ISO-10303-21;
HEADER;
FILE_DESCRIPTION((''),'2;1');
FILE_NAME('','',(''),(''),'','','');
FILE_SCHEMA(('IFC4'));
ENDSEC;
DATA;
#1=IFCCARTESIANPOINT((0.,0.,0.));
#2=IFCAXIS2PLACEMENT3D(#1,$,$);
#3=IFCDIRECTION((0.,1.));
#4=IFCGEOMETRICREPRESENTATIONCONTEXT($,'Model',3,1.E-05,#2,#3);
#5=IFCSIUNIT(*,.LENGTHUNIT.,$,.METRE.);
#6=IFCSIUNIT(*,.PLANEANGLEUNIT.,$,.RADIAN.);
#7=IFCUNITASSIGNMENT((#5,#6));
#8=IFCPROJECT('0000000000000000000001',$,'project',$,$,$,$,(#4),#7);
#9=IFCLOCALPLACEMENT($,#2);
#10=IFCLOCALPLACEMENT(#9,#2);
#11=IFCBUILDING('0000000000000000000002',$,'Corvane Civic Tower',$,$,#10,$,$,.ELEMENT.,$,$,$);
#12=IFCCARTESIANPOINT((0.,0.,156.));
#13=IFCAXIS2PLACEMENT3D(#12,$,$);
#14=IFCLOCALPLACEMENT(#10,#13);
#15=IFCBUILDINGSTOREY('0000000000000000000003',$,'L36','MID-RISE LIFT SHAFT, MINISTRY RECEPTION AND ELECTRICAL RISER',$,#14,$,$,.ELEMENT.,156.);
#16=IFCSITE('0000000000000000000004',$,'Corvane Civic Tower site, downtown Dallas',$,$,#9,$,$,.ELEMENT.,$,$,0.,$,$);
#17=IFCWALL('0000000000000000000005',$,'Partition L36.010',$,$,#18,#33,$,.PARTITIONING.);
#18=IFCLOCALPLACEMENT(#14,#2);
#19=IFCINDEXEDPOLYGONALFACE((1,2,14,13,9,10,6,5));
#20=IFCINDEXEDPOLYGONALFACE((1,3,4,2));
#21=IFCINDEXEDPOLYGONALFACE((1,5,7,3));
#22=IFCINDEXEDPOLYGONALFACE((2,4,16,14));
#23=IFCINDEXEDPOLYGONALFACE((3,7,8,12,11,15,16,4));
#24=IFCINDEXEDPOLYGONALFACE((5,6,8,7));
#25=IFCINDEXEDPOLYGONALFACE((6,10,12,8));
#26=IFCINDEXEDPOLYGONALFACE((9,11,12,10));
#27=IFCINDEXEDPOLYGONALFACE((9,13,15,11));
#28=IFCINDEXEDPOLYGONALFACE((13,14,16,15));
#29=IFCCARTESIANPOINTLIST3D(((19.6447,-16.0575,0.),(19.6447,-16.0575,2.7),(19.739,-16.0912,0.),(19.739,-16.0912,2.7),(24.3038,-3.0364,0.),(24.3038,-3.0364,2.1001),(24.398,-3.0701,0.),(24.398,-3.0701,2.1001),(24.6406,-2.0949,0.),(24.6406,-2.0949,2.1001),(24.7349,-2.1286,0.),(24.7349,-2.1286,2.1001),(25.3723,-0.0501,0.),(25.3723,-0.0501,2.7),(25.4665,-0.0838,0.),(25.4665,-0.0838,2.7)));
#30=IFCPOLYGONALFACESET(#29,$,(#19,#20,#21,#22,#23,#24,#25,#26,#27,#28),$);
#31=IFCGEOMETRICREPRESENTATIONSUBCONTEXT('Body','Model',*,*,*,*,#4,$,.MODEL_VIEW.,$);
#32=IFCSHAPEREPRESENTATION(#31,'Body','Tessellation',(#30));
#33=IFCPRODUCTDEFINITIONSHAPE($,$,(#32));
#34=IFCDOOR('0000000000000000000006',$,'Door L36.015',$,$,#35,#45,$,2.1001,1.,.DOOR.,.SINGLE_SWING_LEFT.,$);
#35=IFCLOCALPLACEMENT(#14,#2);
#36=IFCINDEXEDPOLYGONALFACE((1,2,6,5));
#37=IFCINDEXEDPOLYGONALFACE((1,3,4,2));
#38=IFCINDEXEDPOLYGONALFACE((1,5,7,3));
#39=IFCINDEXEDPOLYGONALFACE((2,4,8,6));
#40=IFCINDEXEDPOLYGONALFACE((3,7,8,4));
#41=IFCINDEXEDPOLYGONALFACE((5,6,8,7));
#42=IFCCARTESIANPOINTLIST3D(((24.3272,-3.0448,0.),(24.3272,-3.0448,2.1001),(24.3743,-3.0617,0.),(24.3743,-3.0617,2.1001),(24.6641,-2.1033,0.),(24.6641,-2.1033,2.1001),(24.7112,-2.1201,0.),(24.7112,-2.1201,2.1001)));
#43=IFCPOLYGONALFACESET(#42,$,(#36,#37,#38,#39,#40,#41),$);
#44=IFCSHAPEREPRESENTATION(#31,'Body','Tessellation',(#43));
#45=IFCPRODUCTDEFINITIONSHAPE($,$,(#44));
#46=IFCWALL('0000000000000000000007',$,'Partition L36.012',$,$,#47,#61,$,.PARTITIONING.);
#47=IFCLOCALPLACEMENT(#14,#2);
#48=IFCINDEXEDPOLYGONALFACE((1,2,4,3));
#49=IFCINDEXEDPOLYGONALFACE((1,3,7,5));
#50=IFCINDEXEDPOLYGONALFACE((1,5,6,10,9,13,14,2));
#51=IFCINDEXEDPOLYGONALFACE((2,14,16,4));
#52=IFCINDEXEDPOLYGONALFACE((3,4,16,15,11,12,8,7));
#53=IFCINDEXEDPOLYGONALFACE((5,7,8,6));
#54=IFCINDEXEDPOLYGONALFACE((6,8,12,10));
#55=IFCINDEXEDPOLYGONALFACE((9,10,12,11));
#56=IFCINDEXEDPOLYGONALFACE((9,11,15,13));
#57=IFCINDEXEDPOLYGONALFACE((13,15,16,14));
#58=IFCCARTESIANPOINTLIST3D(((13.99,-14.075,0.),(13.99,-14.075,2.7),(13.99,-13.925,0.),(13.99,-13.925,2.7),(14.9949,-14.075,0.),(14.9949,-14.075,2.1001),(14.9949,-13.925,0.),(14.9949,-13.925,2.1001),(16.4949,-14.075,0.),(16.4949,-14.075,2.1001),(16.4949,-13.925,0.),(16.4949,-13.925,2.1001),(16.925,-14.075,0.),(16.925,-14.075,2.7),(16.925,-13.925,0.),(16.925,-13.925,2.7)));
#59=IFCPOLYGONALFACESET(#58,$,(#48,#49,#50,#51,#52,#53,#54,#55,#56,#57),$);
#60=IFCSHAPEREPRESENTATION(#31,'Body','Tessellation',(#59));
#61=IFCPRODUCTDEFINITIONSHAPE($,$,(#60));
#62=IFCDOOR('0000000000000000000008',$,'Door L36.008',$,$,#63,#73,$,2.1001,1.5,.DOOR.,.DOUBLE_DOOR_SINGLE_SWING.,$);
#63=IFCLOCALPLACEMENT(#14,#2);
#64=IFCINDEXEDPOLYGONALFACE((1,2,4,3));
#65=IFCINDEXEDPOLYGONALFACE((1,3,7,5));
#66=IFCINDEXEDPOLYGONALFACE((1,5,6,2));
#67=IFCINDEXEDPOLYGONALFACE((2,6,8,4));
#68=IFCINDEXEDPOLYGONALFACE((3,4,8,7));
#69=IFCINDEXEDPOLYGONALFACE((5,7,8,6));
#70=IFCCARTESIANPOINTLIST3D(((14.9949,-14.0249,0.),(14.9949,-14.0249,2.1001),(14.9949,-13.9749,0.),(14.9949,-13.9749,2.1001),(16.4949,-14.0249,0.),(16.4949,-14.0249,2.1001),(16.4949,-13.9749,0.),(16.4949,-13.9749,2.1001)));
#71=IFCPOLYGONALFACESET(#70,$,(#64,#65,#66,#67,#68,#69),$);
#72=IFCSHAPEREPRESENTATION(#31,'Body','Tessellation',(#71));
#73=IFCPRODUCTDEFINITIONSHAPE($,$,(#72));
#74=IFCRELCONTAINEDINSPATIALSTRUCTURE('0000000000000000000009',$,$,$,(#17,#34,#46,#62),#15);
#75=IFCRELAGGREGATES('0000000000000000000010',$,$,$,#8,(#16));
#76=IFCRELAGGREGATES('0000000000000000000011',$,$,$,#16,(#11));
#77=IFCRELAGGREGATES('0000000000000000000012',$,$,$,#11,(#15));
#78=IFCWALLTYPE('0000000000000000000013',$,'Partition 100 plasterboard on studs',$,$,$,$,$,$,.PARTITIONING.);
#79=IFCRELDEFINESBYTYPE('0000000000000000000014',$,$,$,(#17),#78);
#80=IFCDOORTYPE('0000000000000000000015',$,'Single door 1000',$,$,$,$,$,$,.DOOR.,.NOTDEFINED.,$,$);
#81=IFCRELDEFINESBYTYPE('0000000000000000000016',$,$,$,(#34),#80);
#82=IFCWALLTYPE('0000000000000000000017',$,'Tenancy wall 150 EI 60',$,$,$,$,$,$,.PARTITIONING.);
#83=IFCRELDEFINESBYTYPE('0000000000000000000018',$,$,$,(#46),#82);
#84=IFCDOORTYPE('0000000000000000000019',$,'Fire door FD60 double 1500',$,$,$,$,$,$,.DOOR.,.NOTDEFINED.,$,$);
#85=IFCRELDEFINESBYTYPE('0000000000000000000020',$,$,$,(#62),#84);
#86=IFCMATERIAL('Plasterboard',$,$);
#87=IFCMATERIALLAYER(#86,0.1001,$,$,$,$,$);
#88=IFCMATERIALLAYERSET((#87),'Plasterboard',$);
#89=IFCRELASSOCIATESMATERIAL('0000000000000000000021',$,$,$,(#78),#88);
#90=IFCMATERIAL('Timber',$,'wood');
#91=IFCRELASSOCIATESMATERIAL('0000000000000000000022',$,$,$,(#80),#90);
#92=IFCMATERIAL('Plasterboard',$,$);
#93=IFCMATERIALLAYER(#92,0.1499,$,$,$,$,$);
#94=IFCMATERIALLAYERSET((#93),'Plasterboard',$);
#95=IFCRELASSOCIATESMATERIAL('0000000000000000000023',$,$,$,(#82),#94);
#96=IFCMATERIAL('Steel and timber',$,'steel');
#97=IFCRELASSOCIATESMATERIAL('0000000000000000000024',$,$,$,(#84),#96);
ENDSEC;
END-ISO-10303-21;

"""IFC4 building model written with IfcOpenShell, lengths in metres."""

from ifc_helpers import new_model, si_unit, direction, frame, frame_2d, origin, place, context, subcontext, project, spatial, rectangle, extrude, material, layer, layer_set, type_object, element, fill, save


model = new_model("IFC4")

# Units and contexts
model_context = context("Model", 3, precision=1e-05, world=origin(), true_north=direction((0.0, 1.0)))
body_context = subcontext(model_context, "Body", "Model", "MODEL_VIEW")
ifc_project = project(units=[si_unit("LENGTHUNIT", "METRE"), si_unit("PLANEANGLEUNIT", "RADIAN")], contexts=[model_context])

# Site, building, storey
site_placement = place(None, origin())
site = spatial("IfcSite", under=ifc_project, at=site_placement, Name="Corvane Civic Tower site, downtown Dallas", CompositionType="ELEMENT", RefElevation=0.0)
building_placement = place(site_placement, origin())
building = spatial("IfcBuilding", under=site, at=building_placement, Name="Corvane Civic Tower", CompositionType="ELEMENT")
storey_placement = place(building_placement, frame((0.0, 0.0, 156.0)))
storey = spatial("IfcBuildingStorey", under=building, at=storey_placement, Name="L36", Description="MID-RISE LIFT SHAFT, MINISTRY RECEPTION AND ELECTRICAL RISER", CompositionType="ELEMENT", Elevation=156.0)

# Walls, openings, doors
ifc_material_1 = material(Name="Plasterboard")
ifc_layer_1 = layer(ifc_material_1, 0.1001)
ifc_layer_set_1 = layer_set([ifc_layer_1], Name="Plasterboard")
wall_type_1 = type_object("IfcWallType", Name="Partition 100 plasterboard on studs", PredefinedType="PARTITIONING", material=ifc_layer_set_1)
wall_1_placement = place(storey_placement, frame((19.6919, -16.0742, 0.0), z_axis=(0.0, 0.0, 1.0), x_axis=(0.336891, 0.941544, 0.0)))
wall_1 = element("IfcWall", 1, at=wall_1_placement, inside=storey, type_object=wall_type_1, Name="Partition L36.010", PredefinedType="PARTITIONING", context=body_context, shape_type="SweptSolid", body=[
    extrude(rectangle(XDim=17.0012, YDim=0.1001, at=frame_2d((8.5005, 0.0))), origin(), (0.0, 0.0, 1.0), 2.7),
])
opening_1_placement = place(wall_1_placement, frame((13.8293, 0.0, 0.0)))
opening_1 = element("IfcOpeningElement", 2, at=opening_1_placement, cuts=wall_1, PredefinedType="OPENING", context=body_context, shape_type="SweptSolid", body=[
    extrude(rectangle(XDim=1.0, YDim=2.1001, at=frame_2d((0.5, 1.05))), frame((0.0, 0.0601, 0.0), z_axis=(0.0, -1.0, 0.0), x_axis=(1.0, 0.0, 0.0)), (0.0, 0.0, 1.0), 0.1201),
])
ifc_material_2 = material(Name="Timber", Category="wood")
door_type_1 = type_object("IfcDoorType", Name="Single door 1000", OperationType="NOTDEFINED", PredefinedType="DOOR", material=ifc_material_2)
door_1_placement = place(opening_1_placement, frame((1.0, 0.0, 0.0), z_axis=(0.0, 0.0, 1.0), x_axis=(-1.0, 0.0, 0.0)))
door_1 = element("IfcDoor", 3, at=door_1_placement, inside=storey, type_object=door_type_1, Name="Door L36.015", OperationType="SINGLE_SWING_LEFT", OverallHeight=2.1001, OverallWidth=1.0, PredefinedType="DOOR", context=body_context, shape_type="SweptSolid", body=[
    extrude(rectangle(XDim=1.0, YDim=2.1001, at=frame_2d((0.5, 1.05))), frame((0.0, 0.0249, 0.0), z_axis=(0.0, -1.0, 0.0), x_axis=(1.0, 0.0, 0.0)), (0.0, 0.0, 1.0), 0.05),
])
fill(opening_1, door_1)
ifc_material_3 = material(Name="Plasterboard")
ifc_layer_2 = layer(ifc_material_3, 0.1499)
ifc_layer_set_2 = layer_set([ifc_layer_2], Name="Plasterboard")
wall_type_2 = type_object("IfcWallType", Name="Tenancy wall 150 EI 60", PredefinedType="PARTITIONING", material=ifc_layer_set_2)
wall_2_placement = place(storey_placement, frame((13.99, -14.0, 0.0), z_axis=(0.0, 0.0, 1.0), x_axis=(1.0, 0.0, 0.0)))
wall_2 = element("IfcWall", 4, at=wall_2_placement, inside=storey, type_object=wall_type_2, Name="Partition L36.012", PredefinedType="PARTITIONING", context=body_context, shape_type="SweptSolid", body=[
    extrude(rectangle(XDim=2.9351, YDim=0.1499, at=frame_2d((1.4675, 0.0))), origin(), (0.0, 0.0, 1.0), 2.7),
])
opening_2_placement = place(wall_2_placement, frame((1.0049, 0.0, 0.0)))
opening_2 = element("IfcOpeningElement", 5, at=opening_2_placement, cuts=wall_2, PredefinedType="OPENING", context=body_context, shape_type="SweptSolid", body=[
    extrude(rectangle(XDim=1.5, YDim=2.1001, at=frame_2d((0.75, 1.05))), frame((0.0, 0.085, 0.0), z_axis=(0.0, -1.0, 0.0), x_axis=(1.0, 0.0, 0.0)), (0.0, 0.0, 1.0), 0.1699),
])
ifc_material_4 = material(Name="Steel and timber", Category="steel")
door_type_2 = type_object("IfcDoorType", Name="Fire door FD60 double 1500", OperationType="NOTDEFINED", PredefinedType="DOOR", material=ifc_material_4)
door_2_placement = place(opening_2_placement, frame((1.5, 0.0, 0.0), z_axis=(0.0, 0.0, 1.0), x_axis=(-1.0, 0.0, 0.0)))
door_2 = element("IfcDoor", 6, at=door_2_placement, inside=storey, type_object=door_type_2, Name="Door L36.008", OperationType="DOUBLE_DOOR_SINGLE_SWING", OverallHeight=2.1001, OverallWidth=1.5, PredefinedType="DOOR", context=body_context, shape_type="SweptSolid", body=[
    extrude(rectangle(XDim=1.5, YDim=2.1001, at=frame_2d((0.75, 1.05))), frame((0.0, 0.0249, 0.0), z_axis=(0.0, -1.0, 0.0), x_axis=(1.0, 0.0, 0.0)), (0.0, 0.0, 1.0), 0.05),
])
fill(opening_2, door_2)

save(model, "model.ifc")
